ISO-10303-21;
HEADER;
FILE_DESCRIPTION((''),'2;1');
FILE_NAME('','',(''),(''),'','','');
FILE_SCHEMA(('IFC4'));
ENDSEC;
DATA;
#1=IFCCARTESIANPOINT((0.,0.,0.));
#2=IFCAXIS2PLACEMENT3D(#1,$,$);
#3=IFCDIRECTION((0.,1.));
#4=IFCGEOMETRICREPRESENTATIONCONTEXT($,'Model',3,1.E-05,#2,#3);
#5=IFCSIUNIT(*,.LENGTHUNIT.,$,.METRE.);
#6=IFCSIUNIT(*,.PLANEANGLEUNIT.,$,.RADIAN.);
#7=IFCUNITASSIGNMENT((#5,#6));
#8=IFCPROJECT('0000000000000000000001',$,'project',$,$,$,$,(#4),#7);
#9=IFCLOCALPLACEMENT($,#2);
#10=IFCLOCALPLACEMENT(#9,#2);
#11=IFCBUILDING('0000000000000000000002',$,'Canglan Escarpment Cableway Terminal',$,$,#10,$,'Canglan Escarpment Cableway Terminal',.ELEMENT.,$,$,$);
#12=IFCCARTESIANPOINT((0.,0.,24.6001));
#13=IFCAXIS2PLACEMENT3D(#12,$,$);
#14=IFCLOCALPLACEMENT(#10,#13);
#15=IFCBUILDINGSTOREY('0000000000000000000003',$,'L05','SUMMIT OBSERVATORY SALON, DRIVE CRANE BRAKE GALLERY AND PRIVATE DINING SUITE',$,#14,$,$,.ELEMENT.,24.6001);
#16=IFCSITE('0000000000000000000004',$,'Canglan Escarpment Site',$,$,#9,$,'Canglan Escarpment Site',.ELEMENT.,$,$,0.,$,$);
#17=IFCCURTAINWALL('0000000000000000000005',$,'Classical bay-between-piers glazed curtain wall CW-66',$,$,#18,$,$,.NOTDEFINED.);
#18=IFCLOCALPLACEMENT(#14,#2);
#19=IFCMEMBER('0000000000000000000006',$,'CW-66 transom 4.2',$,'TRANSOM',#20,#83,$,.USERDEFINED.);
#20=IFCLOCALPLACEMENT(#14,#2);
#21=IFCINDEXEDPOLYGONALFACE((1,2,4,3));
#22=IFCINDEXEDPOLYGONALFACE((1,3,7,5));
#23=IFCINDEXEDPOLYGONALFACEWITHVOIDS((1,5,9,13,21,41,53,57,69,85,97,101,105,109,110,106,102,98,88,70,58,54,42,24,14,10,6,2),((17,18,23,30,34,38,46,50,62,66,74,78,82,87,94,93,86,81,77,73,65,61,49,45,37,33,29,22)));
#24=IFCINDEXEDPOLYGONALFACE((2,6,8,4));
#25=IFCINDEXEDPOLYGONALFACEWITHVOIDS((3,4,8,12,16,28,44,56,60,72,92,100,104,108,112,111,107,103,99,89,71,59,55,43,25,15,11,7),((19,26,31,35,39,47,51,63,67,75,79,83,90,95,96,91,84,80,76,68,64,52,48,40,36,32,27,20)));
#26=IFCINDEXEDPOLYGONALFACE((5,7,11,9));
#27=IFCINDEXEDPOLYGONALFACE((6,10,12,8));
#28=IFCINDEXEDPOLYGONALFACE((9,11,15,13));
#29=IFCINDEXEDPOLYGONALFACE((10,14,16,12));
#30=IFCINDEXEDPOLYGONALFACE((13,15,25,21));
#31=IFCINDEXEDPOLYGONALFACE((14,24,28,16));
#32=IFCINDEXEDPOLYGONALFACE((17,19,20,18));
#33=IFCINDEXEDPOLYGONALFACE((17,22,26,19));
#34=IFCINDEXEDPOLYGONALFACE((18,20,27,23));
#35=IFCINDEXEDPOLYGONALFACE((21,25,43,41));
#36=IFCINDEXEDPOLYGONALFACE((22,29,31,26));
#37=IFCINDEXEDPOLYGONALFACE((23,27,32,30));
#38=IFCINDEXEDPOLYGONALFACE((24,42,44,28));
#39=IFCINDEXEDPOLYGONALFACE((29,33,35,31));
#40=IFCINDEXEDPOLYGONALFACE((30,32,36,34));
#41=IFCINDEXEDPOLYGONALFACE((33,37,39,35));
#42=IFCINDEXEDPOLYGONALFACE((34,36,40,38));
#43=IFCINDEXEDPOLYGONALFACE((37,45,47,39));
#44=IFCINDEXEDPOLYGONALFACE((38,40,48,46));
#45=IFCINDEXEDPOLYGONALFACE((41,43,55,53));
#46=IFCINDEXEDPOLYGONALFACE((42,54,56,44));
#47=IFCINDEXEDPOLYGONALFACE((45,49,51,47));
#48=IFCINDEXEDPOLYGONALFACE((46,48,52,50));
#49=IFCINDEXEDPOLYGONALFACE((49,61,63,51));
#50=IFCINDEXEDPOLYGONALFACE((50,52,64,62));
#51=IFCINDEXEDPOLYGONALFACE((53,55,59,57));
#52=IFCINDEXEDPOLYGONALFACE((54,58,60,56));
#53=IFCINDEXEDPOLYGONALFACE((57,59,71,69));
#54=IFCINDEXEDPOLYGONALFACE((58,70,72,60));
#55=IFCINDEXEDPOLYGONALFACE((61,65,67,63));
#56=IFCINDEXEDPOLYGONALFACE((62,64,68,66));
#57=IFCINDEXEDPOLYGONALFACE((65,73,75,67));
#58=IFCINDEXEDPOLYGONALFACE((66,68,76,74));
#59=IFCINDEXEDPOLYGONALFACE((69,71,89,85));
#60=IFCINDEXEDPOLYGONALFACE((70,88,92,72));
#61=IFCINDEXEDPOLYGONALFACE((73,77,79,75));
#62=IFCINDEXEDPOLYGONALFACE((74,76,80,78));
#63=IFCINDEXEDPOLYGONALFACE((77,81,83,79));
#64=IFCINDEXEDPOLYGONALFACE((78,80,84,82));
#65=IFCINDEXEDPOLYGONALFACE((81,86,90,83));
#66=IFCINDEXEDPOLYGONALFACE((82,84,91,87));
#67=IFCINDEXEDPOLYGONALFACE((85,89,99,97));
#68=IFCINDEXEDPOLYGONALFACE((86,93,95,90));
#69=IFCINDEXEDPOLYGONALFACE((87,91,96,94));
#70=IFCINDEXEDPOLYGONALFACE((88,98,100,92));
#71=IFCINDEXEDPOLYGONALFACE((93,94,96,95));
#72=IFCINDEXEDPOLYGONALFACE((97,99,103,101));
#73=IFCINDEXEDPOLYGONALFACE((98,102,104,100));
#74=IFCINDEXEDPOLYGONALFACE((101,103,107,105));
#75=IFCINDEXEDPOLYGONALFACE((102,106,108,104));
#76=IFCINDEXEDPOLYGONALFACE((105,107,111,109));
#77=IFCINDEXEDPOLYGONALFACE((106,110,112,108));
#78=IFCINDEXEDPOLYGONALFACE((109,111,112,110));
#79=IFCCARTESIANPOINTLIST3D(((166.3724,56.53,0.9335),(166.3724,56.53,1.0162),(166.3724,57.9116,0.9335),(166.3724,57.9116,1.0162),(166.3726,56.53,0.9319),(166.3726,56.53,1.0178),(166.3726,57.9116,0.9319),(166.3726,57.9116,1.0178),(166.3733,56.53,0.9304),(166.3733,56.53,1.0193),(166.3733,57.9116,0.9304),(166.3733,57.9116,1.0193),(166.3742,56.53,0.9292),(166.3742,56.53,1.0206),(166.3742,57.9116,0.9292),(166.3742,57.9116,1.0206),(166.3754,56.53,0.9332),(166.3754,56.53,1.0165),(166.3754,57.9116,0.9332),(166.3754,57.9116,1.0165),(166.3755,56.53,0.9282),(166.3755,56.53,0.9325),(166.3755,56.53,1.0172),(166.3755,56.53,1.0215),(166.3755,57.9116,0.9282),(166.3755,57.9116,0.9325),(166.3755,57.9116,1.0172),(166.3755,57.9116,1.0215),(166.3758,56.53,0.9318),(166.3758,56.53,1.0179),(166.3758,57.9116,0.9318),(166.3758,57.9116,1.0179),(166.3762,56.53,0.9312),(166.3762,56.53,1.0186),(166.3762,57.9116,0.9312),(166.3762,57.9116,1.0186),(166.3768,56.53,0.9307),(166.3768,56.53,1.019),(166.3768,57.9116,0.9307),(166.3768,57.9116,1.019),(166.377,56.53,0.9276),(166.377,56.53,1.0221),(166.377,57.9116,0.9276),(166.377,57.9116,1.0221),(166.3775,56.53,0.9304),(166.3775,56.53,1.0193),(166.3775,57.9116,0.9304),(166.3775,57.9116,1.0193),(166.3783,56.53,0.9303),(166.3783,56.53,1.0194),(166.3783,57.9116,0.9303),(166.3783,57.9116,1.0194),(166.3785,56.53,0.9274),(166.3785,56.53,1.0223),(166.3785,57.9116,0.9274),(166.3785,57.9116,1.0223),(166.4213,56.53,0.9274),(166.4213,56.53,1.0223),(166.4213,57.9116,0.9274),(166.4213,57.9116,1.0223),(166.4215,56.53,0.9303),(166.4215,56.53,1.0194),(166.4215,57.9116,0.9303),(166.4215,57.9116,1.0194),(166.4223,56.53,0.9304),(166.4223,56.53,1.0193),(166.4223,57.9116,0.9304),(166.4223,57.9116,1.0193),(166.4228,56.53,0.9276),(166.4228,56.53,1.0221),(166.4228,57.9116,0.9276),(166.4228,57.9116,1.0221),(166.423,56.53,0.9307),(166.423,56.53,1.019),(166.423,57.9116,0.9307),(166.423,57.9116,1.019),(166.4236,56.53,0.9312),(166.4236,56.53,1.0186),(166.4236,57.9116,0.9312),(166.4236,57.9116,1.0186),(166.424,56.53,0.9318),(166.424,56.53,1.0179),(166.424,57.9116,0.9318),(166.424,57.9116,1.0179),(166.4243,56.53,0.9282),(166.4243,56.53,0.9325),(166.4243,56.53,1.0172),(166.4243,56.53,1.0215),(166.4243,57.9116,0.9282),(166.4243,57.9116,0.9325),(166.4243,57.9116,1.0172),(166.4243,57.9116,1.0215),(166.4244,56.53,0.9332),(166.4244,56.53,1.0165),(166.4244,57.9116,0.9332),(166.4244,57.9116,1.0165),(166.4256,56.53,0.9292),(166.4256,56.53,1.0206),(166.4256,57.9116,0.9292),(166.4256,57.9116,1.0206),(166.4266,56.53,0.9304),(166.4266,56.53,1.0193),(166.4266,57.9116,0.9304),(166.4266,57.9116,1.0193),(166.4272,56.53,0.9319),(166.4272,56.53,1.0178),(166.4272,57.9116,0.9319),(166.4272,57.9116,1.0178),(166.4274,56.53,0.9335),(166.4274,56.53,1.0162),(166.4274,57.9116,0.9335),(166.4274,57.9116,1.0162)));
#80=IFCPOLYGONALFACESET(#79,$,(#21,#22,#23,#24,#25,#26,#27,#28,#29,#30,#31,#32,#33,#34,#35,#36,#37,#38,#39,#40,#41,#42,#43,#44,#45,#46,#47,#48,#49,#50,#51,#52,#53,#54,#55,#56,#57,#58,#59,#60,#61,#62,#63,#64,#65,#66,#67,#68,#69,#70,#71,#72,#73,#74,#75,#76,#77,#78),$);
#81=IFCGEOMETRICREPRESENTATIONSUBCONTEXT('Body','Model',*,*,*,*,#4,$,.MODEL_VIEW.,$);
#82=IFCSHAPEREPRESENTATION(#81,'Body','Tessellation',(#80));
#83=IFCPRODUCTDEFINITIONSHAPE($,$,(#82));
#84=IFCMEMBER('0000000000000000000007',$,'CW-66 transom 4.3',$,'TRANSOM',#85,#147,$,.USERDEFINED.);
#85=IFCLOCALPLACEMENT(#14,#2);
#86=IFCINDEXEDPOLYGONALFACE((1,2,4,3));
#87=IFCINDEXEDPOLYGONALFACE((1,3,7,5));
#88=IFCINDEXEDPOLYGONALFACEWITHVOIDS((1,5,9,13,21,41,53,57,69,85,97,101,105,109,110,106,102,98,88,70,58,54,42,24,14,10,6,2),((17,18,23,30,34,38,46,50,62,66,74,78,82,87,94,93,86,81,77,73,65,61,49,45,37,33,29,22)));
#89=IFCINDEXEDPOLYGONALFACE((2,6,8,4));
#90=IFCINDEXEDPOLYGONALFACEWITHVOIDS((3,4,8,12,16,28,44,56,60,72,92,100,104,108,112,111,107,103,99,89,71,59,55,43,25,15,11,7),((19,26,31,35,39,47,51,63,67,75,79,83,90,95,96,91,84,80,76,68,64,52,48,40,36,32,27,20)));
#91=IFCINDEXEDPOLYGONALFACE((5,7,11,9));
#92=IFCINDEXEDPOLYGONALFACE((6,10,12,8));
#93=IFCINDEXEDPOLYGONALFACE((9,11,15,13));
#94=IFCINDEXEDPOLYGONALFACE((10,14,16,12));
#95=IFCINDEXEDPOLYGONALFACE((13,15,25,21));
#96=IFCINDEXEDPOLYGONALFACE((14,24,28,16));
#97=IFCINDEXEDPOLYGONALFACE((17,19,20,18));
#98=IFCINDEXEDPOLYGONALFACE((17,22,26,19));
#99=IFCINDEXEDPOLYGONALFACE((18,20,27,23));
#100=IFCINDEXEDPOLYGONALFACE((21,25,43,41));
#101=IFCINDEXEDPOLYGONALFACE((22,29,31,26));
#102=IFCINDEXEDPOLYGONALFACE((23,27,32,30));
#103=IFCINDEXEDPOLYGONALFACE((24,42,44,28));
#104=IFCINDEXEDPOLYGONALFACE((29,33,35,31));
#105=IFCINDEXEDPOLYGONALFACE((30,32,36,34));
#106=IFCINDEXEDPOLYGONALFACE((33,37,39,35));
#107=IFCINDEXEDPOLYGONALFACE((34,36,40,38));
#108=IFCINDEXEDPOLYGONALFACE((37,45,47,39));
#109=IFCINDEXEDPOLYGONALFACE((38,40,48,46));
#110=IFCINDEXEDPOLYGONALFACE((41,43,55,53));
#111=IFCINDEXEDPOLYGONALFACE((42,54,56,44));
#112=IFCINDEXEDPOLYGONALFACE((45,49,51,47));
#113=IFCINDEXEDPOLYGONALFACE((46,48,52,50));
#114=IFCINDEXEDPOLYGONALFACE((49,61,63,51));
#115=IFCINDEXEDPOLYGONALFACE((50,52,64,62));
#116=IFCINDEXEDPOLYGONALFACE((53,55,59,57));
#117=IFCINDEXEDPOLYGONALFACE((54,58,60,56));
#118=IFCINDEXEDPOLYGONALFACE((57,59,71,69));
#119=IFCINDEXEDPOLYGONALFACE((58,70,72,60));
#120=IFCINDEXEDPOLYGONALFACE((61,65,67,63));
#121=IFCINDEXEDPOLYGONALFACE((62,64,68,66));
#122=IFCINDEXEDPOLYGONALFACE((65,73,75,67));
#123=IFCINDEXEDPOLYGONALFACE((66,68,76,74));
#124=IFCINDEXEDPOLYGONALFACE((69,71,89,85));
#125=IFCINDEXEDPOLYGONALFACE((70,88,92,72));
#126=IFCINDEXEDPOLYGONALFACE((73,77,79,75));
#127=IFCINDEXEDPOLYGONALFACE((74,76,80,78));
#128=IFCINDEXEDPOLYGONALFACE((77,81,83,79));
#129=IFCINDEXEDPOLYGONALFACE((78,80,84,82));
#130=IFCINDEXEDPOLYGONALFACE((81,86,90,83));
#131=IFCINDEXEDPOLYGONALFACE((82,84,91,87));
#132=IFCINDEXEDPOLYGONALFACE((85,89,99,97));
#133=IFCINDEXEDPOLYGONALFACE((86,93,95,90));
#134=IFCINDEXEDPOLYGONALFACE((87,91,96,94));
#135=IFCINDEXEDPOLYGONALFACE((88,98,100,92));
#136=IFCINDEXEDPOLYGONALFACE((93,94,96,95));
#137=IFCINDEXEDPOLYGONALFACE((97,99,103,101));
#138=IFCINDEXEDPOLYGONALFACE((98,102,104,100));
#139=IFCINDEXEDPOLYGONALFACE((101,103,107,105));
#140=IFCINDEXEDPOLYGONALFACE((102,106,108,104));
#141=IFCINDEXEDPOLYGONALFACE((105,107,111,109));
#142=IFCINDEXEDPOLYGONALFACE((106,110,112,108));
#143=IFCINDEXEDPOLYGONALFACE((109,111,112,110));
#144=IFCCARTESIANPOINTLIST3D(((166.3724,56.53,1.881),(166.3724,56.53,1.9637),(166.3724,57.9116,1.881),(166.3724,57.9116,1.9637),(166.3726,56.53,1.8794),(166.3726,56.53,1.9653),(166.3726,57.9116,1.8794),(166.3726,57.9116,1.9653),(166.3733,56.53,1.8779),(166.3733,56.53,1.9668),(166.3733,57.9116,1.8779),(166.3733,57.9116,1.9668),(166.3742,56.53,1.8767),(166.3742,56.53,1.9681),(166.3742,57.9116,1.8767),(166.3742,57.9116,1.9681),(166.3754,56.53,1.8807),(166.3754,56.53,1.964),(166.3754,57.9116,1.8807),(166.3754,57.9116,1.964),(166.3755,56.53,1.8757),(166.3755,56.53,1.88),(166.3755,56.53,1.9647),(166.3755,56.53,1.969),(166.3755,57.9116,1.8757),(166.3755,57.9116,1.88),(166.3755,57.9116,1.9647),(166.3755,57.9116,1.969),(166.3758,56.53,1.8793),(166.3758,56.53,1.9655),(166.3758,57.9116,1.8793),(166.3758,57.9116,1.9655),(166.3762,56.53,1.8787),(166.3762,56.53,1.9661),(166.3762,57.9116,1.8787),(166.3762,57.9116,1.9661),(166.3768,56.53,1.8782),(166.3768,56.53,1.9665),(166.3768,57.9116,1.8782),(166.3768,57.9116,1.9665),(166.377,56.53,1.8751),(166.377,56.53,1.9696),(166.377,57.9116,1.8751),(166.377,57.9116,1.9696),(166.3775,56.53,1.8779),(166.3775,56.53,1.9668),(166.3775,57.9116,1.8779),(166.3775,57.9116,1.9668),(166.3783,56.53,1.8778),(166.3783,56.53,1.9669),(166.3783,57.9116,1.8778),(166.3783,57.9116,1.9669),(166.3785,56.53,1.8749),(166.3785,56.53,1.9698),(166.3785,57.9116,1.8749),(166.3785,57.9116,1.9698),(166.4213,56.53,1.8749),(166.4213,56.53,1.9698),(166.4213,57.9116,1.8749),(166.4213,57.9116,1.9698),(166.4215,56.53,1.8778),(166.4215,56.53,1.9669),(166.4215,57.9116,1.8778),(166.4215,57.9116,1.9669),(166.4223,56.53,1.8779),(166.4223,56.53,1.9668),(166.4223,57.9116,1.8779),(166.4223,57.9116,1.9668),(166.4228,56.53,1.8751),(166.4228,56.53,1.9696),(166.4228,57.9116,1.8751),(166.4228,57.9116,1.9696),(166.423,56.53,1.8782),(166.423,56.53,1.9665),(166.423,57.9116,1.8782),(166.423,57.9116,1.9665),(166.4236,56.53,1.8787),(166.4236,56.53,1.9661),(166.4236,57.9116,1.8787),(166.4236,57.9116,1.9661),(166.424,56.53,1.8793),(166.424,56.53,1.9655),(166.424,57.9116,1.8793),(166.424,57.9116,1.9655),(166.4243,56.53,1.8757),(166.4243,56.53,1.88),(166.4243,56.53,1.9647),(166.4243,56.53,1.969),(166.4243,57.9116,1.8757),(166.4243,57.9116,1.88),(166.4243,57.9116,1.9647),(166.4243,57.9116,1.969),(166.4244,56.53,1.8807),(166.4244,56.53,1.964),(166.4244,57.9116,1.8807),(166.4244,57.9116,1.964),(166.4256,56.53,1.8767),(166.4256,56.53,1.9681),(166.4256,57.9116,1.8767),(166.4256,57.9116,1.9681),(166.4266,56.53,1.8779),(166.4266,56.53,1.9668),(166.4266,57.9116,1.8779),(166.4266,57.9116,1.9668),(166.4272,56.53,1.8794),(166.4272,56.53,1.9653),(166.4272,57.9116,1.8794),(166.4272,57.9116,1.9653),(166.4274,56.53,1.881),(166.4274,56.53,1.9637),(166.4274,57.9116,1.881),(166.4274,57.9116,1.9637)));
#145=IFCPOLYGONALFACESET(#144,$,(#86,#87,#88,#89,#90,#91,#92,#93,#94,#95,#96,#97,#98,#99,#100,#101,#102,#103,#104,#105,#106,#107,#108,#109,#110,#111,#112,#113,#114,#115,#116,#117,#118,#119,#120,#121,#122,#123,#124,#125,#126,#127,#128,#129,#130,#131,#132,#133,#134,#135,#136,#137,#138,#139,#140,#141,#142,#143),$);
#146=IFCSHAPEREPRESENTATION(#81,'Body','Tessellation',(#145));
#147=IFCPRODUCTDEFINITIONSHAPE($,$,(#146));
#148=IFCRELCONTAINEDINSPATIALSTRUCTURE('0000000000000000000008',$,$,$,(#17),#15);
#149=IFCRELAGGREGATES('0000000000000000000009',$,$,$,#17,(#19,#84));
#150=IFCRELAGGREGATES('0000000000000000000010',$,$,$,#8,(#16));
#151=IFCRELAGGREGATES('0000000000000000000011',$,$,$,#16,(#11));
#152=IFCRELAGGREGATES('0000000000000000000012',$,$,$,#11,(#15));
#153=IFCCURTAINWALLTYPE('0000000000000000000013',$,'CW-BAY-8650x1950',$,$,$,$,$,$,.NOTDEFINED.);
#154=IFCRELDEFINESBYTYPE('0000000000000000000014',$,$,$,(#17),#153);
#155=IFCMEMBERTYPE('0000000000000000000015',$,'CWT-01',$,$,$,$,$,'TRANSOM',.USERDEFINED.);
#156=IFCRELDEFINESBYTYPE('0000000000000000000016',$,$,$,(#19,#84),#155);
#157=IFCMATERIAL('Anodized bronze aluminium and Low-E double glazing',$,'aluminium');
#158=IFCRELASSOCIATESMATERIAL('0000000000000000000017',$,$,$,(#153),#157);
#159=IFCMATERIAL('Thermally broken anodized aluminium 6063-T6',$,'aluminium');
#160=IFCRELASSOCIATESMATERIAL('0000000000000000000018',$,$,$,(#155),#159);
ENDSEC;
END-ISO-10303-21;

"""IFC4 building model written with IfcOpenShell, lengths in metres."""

from ifc_helpers import new_model, si_unit, direction, frame, origin, origin_2d, place, context, subcontext, project, spatial, hollow_rectangle, extrude, material, material_profile, profile_set, type_object, element, aggregate, save


model = new_model("IFC4")

# Units and contexts
model_context = context("Model", 3, precision=1e-05, world=origin(), true_north=direction((0.0, 1.0)))
body_context = subcontext(model_context, "Body", "Model", "MODEL_VIEW")
ifc_project = project(units=[si_unit("LENGTHUNIT", "METRE"), si_unit("PLANEANGLEUNIT", "RADIAN")], contexts=[model_context])

# Site, building, storey
site_placement = place(None, origin())
site = spatial("IfcSite", under=ifc_project, at=site_placement, Name="Canglan Escarpment Site", LongName="Canglan Escarpment Site", CompositionType="ELEMENT", RefElevation=0.0)
building_placement = place(site_placement, origin())
building = spatial("IfcBuilding", under=site, at=building_placement, Name="Canglan Escarpment Cableway Terminal", LongName="Canglan Escarpment Cableway Terminal", CompositionType="ELEMENT")
storey_placement = place(building_placement, frame((0.0, 0.0, 24.6001)))
storey = spatial("IfcBuildingStorey", under=building, at=storey_placement, Name="L05", Description="SUMMIT OBSERVATORY SALON, DRIVE CRANE BRAKE GALLERY AND PRIVATE DINING SUITE", CompositionType="ELEMENT", Elevation=24.6001)

# Shared definitions
ifc_material_1 = material(Name="Anodized bronze aluminium and Low-E double glazing", Category="aluminium")
ifc_material_2 = material(Name="Thermally broken anodized aluminium 6063-T6", Category="aluminium")

# Curtain wall, members
curtain_wall_type_1 = type_object("IfcCurtainWallType", Name="CW-BAY-8650x1950", PredefinedType="NOTDEFINED", material=ifc_material_1)
curtain_wall_1_placement = place(storey_placement, origin())
curtain_wall_1 = element("IfcCurtainWall", 1, at=curtain_wall_1_placement, inside=storey, type_object=curtain_wall_type_1, Name="Classical bay-between-piers glazed curtain wall CW-66", PredefinedType="NOTDEFINED")
ifc_material_profile_1 = material_profile(ifc_material_2, hollow_rectangle(XDim=0.0549, YDim=0.095, WallThickness=0.0029, InnerFilletRadius=0.0029, OuterFilletRadius=0.0061, at=origin_2d()), Name="ALU-TRAN 55x95x3")
ifc_profile_set_1 = profile_set([ifc_material_profile_1], Name="Thermally broken anodized aluminium 6063-T6")
member_type_1 = type_object("IfcMemberType", Name="CWT-01", ElementType="TRANSOM", PredefinedType="USERDEFINED", material=ifc_profile_set_1)
member_1_placement = place(storey_placement, frame((166.3999, 56.53, 0.9749), z_axis=(0.0, 1.0, 0.0), x_axis=(-1.0, 0.0, 0.0)))
member_1 = element("IfcMember", 2, at=member_1_placement, type_object=member_type_1, Name="CW-66 transom 4.2", ObjectType="TRANSOM", PredefinedType="USERDEFINED", context=body_context, shape_type="SweptSolid", body=[
    extrude(hollow_rectangle(XDim=0.0549, YDim=0.095, WallThickness=0.0029, InnerFilletRadius=0.0029, OuterFilletRadius=0.0061, at=origin_2d()), origin(), (0.0, 0.0, 1.0), 1.3816),
])
member_2_placement = place(storey_placement, frame((166.3999, 56.53, 1.9224), z_axis=(0.0, 1.0, 0.0), x_axis=(-1.0, 0.0, 0.0)))
member_2 = element("IfcMember", 3, at=member_2_placement, type_object=member_type_1, Name="CW-66 transom 4.3", ObjectType="TRANSOM", PredefinedType="USERDEFINED", context=body_context, shape_type="SweptSolid", body=[
    extrude(hollow_rectangle(XDim=0.0549, YDim=0.095, WallThickness=0.0029, InnerFilletRadius=0.0029, OuterFilletRadius=0.0061, at=origin_2d()), origin(), (0.0, 0.0, 1.0), 1.3816),
])

aggregate(curtain_wall_1, [member_1, member_2])

save(model, "model.ifc")
